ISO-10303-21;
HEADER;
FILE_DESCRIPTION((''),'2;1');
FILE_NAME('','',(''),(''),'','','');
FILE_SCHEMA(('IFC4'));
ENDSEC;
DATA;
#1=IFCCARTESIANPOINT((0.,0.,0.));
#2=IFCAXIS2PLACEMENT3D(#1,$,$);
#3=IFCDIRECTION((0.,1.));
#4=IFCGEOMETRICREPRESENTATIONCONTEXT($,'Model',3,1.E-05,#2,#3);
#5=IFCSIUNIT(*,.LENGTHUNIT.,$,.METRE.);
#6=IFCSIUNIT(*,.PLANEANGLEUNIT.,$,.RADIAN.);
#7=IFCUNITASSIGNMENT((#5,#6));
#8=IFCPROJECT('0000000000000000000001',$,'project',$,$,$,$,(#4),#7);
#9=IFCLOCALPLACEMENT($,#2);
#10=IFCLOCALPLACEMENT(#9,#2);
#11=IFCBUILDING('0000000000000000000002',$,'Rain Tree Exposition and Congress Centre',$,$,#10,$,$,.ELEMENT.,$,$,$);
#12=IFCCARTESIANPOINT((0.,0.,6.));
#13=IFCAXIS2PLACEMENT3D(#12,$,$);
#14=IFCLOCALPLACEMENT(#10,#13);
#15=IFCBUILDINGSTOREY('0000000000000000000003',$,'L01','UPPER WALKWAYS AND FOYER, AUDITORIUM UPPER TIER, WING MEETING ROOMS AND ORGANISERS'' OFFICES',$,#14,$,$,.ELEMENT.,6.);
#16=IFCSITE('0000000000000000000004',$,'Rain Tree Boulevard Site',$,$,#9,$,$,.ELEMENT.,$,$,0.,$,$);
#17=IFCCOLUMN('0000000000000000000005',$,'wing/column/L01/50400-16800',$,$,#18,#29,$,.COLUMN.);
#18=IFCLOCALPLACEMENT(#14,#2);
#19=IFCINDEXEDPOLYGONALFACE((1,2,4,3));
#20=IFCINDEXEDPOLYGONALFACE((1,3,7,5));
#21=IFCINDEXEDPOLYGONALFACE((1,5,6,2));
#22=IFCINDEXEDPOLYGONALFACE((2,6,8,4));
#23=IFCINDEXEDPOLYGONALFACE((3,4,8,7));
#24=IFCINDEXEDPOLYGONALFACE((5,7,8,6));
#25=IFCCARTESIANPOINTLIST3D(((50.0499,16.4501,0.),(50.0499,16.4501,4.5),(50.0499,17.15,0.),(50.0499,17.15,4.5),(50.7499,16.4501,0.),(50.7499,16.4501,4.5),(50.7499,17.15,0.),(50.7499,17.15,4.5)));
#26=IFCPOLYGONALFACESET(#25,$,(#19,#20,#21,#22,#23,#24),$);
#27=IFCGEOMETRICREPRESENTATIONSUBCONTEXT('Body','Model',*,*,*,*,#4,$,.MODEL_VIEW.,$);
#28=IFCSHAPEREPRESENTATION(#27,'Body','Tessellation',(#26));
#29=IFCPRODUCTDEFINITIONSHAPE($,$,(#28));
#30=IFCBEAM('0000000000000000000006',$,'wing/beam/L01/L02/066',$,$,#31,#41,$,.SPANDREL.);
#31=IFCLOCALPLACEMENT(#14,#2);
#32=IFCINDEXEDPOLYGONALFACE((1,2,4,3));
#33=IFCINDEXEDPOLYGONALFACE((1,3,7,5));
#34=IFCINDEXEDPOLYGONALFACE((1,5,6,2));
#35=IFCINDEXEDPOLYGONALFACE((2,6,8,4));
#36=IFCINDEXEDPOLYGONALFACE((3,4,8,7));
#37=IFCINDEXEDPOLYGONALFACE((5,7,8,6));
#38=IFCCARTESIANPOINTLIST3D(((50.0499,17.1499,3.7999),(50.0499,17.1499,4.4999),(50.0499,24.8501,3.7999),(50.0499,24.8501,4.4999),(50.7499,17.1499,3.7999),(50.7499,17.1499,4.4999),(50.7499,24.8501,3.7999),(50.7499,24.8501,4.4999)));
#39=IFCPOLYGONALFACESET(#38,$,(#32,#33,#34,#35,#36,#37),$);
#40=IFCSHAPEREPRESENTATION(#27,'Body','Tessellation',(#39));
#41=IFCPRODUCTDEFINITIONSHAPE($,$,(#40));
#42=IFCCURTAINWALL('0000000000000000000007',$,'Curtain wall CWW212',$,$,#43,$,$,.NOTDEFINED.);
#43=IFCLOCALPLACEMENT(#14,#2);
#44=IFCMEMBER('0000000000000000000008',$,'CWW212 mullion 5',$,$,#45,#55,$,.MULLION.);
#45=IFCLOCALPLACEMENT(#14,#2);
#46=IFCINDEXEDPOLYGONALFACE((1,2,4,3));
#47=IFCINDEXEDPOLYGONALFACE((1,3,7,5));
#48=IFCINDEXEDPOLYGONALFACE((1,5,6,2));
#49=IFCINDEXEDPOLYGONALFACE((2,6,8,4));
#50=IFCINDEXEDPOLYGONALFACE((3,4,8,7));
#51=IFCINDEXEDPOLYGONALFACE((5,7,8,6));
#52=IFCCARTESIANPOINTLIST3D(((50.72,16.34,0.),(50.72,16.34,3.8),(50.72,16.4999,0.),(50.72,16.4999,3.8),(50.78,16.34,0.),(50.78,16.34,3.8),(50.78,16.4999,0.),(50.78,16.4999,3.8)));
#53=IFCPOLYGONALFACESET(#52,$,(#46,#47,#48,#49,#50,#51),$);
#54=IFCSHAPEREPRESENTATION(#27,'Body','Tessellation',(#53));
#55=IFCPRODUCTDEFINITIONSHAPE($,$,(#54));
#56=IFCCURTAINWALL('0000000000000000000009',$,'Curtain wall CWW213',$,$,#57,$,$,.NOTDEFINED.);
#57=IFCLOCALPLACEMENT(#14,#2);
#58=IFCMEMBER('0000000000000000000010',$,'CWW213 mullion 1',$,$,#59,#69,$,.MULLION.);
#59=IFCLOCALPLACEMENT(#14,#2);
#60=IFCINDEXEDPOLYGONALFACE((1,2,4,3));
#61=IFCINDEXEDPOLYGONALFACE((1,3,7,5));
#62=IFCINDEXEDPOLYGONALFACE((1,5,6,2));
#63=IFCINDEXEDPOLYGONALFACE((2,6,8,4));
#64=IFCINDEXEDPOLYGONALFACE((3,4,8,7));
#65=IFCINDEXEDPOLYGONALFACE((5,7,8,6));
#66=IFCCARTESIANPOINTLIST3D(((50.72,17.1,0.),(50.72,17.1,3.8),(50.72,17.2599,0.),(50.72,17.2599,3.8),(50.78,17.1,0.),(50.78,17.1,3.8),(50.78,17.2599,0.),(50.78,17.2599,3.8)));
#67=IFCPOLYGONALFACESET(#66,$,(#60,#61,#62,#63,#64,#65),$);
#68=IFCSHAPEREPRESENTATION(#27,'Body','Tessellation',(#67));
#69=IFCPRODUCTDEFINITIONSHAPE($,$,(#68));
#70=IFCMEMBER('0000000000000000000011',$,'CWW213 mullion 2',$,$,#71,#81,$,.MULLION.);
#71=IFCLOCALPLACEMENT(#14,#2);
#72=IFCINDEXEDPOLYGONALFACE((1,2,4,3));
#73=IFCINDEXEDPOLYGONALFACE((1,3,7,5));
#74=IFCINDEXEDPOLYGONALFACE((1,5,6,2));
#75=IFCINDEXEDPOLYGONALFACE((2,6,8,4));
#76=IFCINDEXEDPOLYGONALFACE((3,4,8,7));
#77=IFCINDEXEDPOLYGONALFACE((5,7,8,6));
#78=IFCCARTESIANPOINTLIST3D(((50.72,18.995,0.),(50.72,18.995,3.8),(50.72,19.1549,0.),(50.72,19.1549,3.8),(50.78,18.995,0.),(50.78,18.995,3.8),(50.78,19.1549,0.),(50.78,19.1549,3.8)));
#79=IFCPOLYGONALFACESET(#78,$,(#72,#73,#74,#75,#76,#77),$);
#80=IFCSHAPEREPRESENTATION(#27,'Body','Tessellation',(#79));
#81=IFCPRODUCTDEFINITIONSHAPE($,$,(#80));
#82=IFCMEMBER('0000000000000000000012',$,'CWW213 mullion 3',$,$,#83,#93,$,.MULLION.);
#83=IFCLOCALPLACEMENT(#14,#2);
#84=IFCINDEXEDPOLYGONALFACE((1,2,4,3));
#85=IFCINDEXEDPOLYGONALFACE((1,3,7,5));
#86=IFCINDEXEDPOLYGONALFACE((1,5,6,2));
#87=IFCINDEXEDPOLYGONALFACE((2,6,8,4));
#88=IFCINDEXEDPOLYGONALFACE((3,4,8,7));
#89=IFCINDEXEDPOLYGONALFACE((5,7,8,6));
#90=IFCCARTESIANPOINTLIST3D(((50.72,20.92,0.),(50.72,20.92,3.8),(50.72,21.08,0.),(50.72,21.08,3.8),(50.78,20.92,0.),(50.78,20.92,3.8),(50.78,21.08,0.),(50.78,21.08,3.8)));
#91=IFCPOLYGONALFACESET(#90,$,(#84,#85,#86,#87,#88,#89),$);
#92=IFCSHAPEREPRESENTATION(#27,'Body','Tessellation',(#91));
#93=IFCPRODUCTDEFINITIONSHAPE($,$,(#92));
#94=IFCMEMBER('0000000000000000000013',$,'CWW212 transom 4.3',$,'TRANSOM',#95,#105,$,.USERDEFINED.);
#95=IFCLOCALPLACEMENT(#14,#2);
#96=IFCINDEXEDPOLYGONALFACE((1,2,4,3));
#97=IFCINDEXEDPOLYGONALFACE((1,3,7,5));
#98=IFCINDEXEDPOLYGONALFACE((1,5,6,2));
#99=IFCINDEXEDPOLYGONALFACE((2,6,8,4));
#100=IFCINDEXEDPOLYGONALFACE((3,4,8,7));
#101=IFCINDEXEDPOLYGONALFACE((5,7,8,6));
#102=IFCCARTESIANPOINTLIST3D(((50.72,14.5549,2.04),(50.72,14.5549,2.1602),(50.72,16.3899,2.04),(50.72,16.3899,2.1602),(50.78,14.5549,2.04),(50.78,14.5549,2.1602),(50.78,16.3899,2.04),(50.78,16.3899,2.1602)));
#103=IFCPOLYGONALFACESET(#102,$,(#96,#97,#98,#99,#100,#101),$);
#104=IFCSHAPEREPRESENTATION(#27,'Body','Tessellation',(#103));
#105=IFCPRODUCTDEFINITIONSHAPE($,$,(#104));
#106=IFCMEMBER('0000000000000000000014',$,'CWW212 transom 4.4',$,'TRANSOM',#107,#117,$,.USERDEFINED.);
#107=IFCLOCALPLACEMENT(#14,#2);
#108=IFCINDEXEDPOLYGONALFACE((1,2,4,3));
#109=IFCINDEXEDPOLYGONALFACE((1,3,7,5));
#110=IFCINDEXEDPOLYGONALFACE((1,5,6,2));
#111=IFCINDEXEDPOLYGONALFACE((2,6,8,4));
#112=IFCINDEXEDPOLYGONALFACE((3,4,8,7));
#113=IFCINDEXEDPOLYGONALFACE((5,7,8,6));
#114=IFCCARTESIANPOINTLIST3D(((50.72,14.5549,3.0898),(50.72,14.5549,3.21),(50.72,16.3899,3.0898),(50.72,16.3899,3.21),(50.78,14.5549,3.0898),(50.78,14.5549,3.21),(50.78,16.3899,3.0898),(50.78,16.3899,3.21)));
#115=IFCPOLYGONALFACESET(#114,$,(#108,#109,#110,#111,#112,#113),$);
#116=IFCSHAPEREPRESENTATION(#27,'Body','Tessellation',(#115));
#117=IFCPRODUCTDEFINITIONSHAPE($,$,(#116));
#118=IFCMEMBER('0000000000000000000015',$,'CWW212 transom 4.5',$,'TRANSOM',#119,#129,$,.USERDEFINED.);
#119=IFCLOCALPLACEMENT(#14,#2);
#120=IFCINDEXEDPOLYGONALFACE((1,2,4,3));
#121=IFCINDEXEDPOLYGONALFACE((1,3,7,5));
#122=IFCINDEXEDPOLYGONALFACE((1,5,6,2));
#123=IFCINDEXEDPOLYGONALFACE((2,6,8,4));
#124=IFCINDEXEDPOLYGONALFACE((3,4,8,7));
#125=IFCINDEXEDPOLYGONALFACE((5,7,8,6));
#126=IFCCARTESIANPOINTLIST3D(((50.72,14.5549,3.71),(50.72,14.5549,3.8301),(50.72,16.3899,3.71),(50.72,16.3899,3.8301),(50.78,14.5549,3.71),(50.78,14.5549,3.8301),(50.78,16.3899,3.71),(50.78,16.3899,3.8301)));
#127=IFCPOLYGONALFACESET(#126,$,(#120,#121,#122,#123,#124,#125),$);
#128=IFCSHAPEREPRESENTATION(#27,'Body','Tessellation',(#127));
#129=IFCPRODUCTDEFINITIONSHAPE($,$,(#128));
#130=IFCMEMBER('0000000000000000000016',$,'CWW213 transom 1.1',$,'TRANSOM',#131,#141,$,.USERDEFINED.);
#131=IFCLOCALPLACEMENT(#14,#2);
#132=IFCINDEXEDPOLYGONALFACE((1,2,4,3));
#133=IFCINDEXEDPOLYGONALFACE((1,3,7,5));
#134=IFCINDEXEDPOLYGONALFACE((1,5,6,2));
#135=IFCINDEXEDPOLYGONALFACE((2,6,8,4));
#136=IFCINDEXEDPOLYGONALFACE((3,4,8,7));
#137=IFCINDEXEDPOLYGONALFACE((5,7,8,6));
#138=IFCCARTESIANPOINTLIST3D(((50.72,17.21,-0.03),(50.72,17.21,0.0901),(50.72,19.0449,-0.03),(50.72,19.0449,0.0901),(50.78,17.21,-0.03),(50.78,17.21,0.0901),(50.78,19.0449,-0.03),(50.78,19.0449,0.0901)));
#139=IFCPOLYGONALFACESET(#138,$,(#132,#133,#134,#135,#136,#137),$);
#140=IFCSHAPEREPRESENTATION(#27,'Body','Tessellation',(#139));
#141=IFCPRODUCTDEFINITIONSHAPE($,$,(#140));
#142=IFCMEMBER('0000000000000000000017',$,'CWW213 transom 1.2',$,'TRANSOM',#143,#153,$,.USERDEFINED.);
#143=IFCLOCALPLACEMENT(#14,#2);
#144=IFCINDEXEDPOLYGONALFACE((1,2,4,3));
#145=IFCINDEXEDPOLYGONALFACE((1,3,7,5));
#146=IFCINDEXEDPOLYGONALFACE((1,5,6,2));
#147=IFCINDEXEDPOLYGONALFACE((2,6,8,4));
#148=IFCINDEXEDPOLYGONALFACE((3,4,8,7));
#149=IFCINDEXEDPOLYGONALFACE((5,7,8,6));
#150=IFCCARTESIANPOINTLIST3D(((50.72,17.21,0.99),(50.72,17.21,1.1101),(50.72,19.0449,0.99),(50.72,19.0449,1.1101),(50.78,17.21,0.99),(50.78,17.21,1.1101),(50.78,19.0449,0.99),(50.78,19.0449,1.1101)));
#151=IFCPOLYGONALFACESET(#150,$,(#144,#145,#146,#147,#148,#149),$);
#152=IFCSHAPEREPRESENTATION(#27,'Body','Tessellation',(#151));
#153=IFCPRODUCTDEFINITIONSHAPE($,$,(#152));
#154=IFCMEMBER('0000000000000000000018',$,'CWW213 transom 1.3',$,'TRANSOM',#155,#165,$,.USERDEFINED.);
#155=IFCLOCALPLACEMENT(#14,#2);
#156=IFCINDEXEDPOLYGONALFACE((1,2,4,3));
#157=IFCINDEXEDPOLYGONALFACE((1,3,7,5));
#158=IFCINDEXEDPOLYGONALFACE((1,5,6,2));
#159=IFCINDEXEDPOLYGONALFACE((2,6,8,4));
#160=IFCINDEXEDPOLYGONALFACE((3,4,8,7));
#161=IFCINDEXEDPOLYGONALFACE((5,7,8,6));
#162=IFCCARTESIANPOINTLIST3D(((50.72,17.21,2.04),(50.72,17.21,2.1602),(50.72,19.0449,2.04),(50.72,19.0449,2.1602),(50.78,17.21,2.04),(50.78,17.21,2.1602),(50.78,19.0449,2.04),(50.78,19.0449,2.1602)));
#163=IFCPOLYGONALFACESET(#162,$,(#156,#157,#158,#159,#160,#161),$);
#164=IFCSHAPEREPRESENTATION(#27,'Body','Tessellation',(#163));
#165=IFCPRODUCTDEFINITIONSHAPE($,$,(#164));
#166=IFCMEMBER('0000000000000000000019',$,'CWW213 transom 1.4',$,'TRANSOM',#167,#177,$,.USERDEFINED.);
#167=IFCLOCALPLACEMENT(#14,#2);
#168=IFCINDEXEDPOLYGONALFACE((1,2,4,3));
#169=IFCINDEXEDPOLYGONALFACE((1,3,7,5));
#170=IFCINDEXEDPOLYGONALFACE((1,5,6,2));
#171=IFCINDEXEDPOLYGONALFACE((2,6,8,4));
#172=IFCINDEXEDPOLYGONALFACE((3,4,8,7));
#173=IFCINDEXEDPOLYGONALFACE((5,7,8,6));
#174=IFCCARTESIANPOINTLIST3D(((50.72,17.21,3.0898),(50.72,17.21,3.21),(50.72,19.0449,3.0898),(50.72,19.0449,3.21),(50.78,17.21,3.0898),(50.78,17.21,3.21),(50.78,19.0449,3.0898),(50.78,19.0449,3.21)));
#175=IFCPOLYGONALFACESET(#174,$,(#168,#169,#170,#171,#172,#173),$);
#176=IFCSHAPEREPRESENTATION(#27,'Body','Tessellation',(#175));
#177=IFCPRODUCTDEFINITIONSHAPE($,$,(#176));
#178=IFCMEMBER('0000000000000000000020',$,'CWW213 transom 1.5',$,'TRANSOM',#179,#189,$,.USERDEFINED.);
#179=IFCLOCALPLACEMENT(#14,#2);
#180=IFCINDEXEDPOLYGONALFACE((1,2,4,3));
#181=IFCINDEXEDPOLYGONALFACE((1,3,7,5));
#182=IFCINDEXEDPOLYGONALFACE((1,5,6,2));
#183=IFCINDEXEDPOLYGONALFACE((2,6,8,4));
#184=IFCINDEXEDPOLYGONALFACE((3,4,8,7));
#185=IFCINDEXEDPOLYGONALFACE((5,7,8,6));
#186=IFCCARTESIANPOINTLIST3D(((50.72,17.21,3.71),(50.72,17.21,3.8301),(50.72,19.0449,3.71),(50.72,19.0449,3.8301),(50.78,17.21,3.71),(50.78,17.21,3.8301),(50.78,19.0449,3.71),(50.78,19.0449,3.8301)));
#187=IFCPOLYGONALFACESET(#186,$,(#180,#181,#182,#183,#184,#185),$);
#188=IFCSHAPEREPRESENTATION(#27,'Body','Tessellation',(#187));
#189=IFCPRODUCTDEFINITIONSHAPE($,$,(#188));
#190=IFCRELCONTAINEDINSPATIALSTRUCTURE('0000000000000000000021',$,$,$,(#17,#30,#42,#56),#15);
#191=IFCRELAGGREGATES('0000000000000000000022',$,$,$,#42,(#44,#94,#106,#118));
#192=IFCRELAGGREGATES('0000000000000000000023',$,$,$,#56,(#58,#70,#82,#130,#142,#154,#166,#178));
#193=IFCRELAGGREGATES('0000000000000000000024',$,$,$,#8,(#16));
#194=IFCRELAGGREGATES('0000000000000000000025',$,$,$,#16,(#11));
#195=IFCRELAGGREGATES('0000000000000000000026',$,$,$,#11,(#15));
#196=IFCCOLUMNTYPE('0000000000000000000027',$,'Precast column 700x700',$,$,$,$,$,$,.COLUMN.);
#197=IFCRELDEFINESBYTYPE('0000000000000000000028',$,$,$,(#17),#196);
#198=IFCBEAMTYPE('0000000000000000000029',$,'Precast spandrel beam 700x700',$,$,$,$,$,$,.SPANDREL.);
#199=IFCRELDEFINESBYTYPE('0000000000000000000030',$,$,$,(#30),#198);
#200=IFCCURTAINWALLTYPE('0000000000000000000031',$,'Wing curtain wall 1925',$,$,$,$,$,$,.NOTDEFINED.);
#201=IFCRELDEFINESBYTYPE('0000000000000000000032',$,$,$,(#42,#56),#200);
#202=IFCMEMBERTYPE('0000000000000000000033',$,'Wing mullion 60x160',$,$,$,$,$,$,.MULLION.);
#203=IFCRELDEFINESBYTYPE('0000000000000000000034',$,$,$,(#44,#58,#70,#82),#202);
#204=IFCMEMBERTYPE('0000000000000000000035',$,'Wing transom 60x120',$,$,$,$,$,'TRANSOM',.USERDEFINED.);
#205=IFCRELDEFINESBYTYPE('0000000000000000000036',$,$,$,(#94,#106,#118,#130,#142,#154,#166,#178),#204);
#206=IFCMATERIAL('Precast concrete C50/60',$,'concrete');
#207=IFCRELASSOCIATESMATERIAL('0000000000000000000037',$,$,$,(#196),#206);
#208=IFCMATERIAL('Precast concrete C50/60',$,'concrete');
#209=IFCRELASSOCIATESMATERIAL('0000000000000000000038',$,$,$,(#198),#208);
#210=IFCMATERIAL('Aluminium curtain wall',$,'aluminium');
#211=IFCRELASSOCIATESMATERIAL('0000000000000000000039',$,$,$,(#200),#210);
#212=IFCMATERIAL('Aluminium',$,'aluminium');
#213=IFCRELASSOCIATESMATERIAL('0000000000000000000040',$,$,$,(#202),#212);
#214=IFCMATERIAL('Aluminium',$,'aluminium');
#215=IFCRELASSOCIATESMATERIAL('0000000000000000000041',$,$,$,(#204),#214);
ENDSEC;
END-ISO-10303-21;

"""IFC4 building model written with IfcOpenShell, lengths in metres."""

from ifc_helpers import new_model, si_unit, direction, frame, origin, origin_2d, place, context, subcontext, project, spatial, rectangle, extrude, material, material_profile, profile_set, type_object, element, aggregate, save


model = new_model("IFC4")

# Units and contexts
model_context = context("Model", 3, precision=1e-05, world=origin(), true_north=direction((0.0, 1.0)))
body_context = subcontext(model_context, "Body", "Model", "MODEL_VIEW")
ifc_project = project(units=[si_unit("LENGTHUNIT", "METRE"), si_unit("PLANEANGLEUNIT", "RADIAN")], contexts=[model_context])

# Site, building, storey
site_placement = place(None, origin())
site = spatial("IfcSite", under=ifc_project, at=site_placement, Name="Rain Tree Boulevard Site", CompositionType="ELEMENT", RefElevation=0.0)
building_placement = place(site_placement, origin())
building = spatial("IfcBuilding", under=site, at=building_placement, Name="Rain Tree Exposition and Congress Centre", CompositionType="ELEMENT")
storey_placement = place(building_placement, frame((0.0, 0.0, 6.0)))
storey = spatial("IfcBuildingStorey", under=building, at=storey_placement, Name="L01", Description="UPPER WALKWAYS AND FOYER, AUDITORIUM UPPER TIER, WING MEETING ROOMS AND ORGANISERS' OFFICES", CompositionType="ELEMENT", Elevation=6.0)

# Column
ifc_material_1 = material(Name="Precast concrete C50/60", Category="concrete")
ifc_material_profile_1 = material_profile(ifc_material_1, rectangle(XDim=0.7, YDim=0.7, at=origin_2d()), Name="RC 700x700")
ifc_profile_set_1 = profile_set([ifc_material_profile_1], Name="Precast concrete C50/60")
column_type = type_object("IfcColumnType", Name="Precast column 700x700", PredefinedType="COLUMN", material=ifc_profile_set_1)
column_placement = place(storey_placement, frame((50.3999, 16.8, 0.0), z_axis=(0.0, 0.0, 1.0), x_axis=(1.0, 0.0, 0.0)))
element("IfcColumn", 1, at=column_placement, inside=storey, type_object=column_type, Name="wing/column/L01/50400-16800", PredefinedType="COLUMN", context=body_context, shape_type="SweptSolid", body=[
    extrude(rectangle(XDim=0.7, YDim=0.7, at=origin_2d()), origin(), (0.0, 0.0, 1.0), 4.5),
])

# Beam
ifc_material_2 = material(Name="Precast concrete C50/60", Category="concrete")
ifc_material_profile_2 = material_profile(ifc_material_2, rectangle(XDim=0.7, YDim=0.7, at=origin_2d()), Name="RC 700x700")
ifc_profile_set_2 = profile_set([ifc_material_profile_2], Name="Precast concrete C50/60")
beam_type = type_object("IfcBeamType", Name="Precast spandrel beam 700x700", PredefinedType="SPANDREL", material=ifc_profile_set_2)
beam_placement = place(storey_placement, frame((50.3999, 17.1499, 4.1499), z_axis=(0.0, 1.0, 0.0), x_axis=(-1.0, 0.0, 0.0)))
element("IfcBeam", 2, at=beam_placement, inside=storey, type_object=beam_type, Name="wing/beam/L01/L02/066", PredefinedType="SPANDREL", context=body_context, shape_type="SweptSolid", body=[
    extrude(rectangle(XDim=0.7, YDim=0.7, at=origin_2d()), origin(), (0.0, 0.0, 1.0), 7.7002),
])

# Curtain wall, member
ifc_material_3 = material(Name="Aluminium curtain wall", Category="aluminium")
curtain_wall_type = type_object("IfcCurtainWallType", Name="Wing curtain wall 1925", PredefinedType="NOTDEFINED", material=ifc_material_3)
curtain_wall_1_placement = place(storey_placement, origin())
curtain_wall_1 = element("IfcCurtainWall", 3, at=curtain_wall_1_placement, inside=storey, type_object=curtain_wall_type, Name="Curtain wall CWW212", PredefinedType="NOTDEFINED")
ifc_material_4 = material(Name="Aluminium", Category="aluminium")
ifc_material_profile_3 = material_profile(ifc_material_4, rectangle(XDim=0.0601, YDim=0.1599, at=origin_2d()), Name="Aluminium 60x160")
ifc_profile_set_3 = profile_set([ifc_material_profile_3], Name="Aluminium")
member_type_1 = type_object("IfcMemberType", Name="Wing mullion 60x160", PredefinedType="MULLION", material=ifc_profile_set_3)
member_1_placement = place(storey_placement, frame((50.75, 16.4199, 0.0), z_axis=(0.0, 0.0, 1.0), x_axis=(-1.0, 0.0, 0.0)))
member_1 = element("IfcMember", 4, at=member_1_placement, type_object=member_type_1, Name="CWW212 mullion 5", PredefinedType="MULLION", context=body_context, shape_type="SweptSolid", body=[
    extrude(rectangle(XDim=0.0601, YDim=0.1599, at=origin_2d()), origin(), (0.0, 0.0, 1.0), 3.8),
])

# Curtain wall, members
curtain_wall_2_placement = place(storey_placement, origin())
curtain_wall_2 = element("IfcCurtainWall", 5, at=curtain_wall_2_placement, inside=storey, type_object=curtain_wall_type, Name="Curtain wall CWW213", PredefinedType="NOTDEFINED")
member_2_placement = place(storey_placement, frame((50.75, 17.1799, 0.0), z_axis=(0.0, 0.0, 1.0), x_axis=(-1.0, 0.0, 0.0)))
member_2 = element("IfcMember", 6, at=member_2_placement, type_object=member_type_1, Name="CWW213 mullion 1", PredefinedType="MULLION", context=body_context, shape_type="SweptSolid", body=[
    extrude(rectangle(XDim=0.0601, YDim=0.1599, at=origin_2d()), origin(), (0.0, 0.0, 1.0), 3.8),
])
member_3_placement = place(storey_placement, frame((50.75, 19.075, 0.0), z_axis=(0.0, 0.0, 1.0), x_axis=(-1.0, 0.0, 0.0)))
member_3 = element("IfcMember", 7, at=member_3_placement, type_object=member_type_1, Name="CWW213 mullion 2", PredefinedType="MULLION", context=body_context, shape_type="SweptSolid", body=[
    extrude(rectangle(XDim=0.0601, YDim=0.1599, at=origin_2d()), origin(), (0.0, 0.0, 1.0), 3.8),
])
member_4_placement = place(storey_placement, frame((50.75, 21.0, 0.0), z_axis=(0.0, 0.0, 1.0), x_axis=(-1.0, 0.0, 0.0)))
member_4 = element("IfcMember", 8, at=member_4_placement, type_object=member_type_1, Name="CWW213 mullion 3", PredefinedType="MULLION", context=body_context, shape_type="SweptSolid", body=[
    extrude(rectangle(XDim=0.0601, YDim=0.1599, at=origin_2d()), origin(), (0.0, 0.0, 1.0), 3.8),
])

# Members
ifc_material_5 = material(Name="Aluminium", Category="aluminium")
ifc_material_profile_4 = material_profile(ifc_material_5, rectangle(XDim=0.0601, YDim=0.1201, at=origin_2d()), Name="Aluminium 60x120")
ifc_profile_set_4 = profile_set([ifc_material_profile_4], Name="Aluminium")
member_type_2 = type_object("IfcMemberType", Name="Wing transom 60x120", ElementType="TRANSOM", PredefinedType="USERDEFINED", material=ifc_profile_set_4)
member_5_placement = place(storey_placement, frame((50.75, 14.5549, 2.1001), z_axis=(0.0, 1.0, 0.0), x_axis=(-1.0, 0.0, 0.0)))
member_5 = element("IfcMember", 9, at=member_5_placement, type_object=member_type_2, Name="CWW212 transom 4.3", ObjectType="TRANSOM", PredefinedType="USERDEFINED", context=body_context, shape_type="SweptSolid", body=[
    extrude(rectangle(XDim=0.0601, YDim=0.1201, at=origin_2d()), origin(), (0.0, 0.0, 1.0), 1.835),
])
member_6_placement = place(storey_placement, frame((50.75, 14.5549, 3.1499), z_axis=(0.0, 1.0, 0.0), x_axis=(-1.0, 0.0, 0.0)))
member_6 = element("IfcMember", 10, at=member_6_placement, type_object=member_type_2, Name="CWW212 transom 4.4", ObjectType="TRANSOM", PredefinedType="USERDEFINED", context=body_context, shape_type="SweptSolid", body=[
    extrude(rectangle(XDim=0.0601, YDim=0.1201, at=origin_2d()), origin(), (0.0, 0.0, 1.0), 1.835),
])
member_7_placement = place(storey_placement, frame((50.75, 14.5549, 3.77), z_axis=(0.0, 1.0, 0.0), x_axis=(-1.0, 0.0, 0.0)))
member_7 = element("IfcMember", 11, at=member_7_placement, type_object=member_type_2, Name="CWW212 transom 4.5", ObjectType="TRANSOM", PredefinedType="USERDEFINED", context=body_context, shape_type="SweptSolid", body=[
    extrude(rectangle(XDim=0.0601, YDim=0.1201, at=origin_2d()), origin(), (0.0, 0.0, 1.0), 1.835),
])
member_8_placement = place(storey_placement, frame((50.75, 17.21, 0.03), z_axis=(0.0, 1.0, 0.0), x_axis=(-1.0, 0.0, 0.0)))
member_8 = element("IfcMember", 12, at=member_8_placement, type_object=member_type_2, Name="CWW213 transom 1.1", ObjectType="TRANSOM", PredefinedType="USERDEFINED", context=body_context, shape_type="SweptSolid", body=[
    extrude(rectangle(XDim=0.0601, YDim=0.1201, at=origin_2d()), origin(), (0.0, 0.0, 1.0), 1.835),
])
member_9_placement = place(storey_placement, frame((50.75, 17.21, 1.05), z_axis=(0.0, 1.0, 0.0), x_axis=(-1.0, 0.0, 0.0)))
member_9 = element("IfcMember", 13, at=member_9_placement, type_object=member_type_2, Name="CWW213 transom 1.2", ObjectType="TRANSOM", PredefinedType="USERDEFINED", context=body_context, shape_type="SweptSolid", body=[
    extrude(rectangle(XDim=0.0601, YDim=0.1201, at=origin_2d()), origin(), (0.0, 0.0, 1.0), 1.835),
])
member_10_placement = place(storey_placement, frame((50.75, 17.21, 2.1001), z_axis=(0.0, 1.0, 0.0), x_axis=(-1.0, 0.0, 0.0)))
member_10 = element("IfcMember", 14, at=member_10_placement, type_object=member_type_2, Name="CWW213 transom 1.3", ObjectType="TRANSOM", PredefinedType="USERDEFINED", context=body_context, shape_type="SweptSolid", body=[
    extrude(rectangle(XDim=0.0601, YDim=0.1201, at=origin_2d()), origin(), (0.0, 0.0, 1.0), 1.835),
])
member_11_placement = place(storey_placement, frame((50.75, 17.21, 3.1499), z_axis=(0.0, 1.0, 0.0), x_axis=(-1.0, 0.0, 0.0)))
member_11 = element("IfcMember", 15, at=member_11_placement, type_object=member_type_2, Name="CWW213 transom 1.4", ObjectType="TRANSOM", PredefinedType="USERDEFINED", context=body_context, shape_type="SweptSolid", body=[
    extrude(rectangle(XDim=0.0601, YDim=0.1201, at=origin_2d()), origin(), (0.0, 0.0, 1.0), 1.835),
])
member_12_placement = place(storey_placement, frame((50.75, 17.21, 3.77), z_axis=(0.0, 1.0, 0.0), x_axis=(-1.0, 0.0, 0.0)))
member_12 = element("IfcMember", 16, at=member_12_placement, type_object=member_type_2, Name="CWW213 transom 1.5", ObjectType="TRANSOM", PredefinedType="USERDEFINED", context=body_context, shape_type="SweptSolid", body=[
    extrude(rectangle(XDim=0.0601, YDim=0.1201, at=origin_2d()), origin(), (0.0, 0.0, 1.0), 1.835),
])

aggregate(curtain_wall_1, [member_1, member_5, member_6, member_7])
aggregate(curtain_wall_2, [member_2, member_3, member_4, member_8, member_9, member_10, member_11, member_12])

save(model, "model.ifc")
